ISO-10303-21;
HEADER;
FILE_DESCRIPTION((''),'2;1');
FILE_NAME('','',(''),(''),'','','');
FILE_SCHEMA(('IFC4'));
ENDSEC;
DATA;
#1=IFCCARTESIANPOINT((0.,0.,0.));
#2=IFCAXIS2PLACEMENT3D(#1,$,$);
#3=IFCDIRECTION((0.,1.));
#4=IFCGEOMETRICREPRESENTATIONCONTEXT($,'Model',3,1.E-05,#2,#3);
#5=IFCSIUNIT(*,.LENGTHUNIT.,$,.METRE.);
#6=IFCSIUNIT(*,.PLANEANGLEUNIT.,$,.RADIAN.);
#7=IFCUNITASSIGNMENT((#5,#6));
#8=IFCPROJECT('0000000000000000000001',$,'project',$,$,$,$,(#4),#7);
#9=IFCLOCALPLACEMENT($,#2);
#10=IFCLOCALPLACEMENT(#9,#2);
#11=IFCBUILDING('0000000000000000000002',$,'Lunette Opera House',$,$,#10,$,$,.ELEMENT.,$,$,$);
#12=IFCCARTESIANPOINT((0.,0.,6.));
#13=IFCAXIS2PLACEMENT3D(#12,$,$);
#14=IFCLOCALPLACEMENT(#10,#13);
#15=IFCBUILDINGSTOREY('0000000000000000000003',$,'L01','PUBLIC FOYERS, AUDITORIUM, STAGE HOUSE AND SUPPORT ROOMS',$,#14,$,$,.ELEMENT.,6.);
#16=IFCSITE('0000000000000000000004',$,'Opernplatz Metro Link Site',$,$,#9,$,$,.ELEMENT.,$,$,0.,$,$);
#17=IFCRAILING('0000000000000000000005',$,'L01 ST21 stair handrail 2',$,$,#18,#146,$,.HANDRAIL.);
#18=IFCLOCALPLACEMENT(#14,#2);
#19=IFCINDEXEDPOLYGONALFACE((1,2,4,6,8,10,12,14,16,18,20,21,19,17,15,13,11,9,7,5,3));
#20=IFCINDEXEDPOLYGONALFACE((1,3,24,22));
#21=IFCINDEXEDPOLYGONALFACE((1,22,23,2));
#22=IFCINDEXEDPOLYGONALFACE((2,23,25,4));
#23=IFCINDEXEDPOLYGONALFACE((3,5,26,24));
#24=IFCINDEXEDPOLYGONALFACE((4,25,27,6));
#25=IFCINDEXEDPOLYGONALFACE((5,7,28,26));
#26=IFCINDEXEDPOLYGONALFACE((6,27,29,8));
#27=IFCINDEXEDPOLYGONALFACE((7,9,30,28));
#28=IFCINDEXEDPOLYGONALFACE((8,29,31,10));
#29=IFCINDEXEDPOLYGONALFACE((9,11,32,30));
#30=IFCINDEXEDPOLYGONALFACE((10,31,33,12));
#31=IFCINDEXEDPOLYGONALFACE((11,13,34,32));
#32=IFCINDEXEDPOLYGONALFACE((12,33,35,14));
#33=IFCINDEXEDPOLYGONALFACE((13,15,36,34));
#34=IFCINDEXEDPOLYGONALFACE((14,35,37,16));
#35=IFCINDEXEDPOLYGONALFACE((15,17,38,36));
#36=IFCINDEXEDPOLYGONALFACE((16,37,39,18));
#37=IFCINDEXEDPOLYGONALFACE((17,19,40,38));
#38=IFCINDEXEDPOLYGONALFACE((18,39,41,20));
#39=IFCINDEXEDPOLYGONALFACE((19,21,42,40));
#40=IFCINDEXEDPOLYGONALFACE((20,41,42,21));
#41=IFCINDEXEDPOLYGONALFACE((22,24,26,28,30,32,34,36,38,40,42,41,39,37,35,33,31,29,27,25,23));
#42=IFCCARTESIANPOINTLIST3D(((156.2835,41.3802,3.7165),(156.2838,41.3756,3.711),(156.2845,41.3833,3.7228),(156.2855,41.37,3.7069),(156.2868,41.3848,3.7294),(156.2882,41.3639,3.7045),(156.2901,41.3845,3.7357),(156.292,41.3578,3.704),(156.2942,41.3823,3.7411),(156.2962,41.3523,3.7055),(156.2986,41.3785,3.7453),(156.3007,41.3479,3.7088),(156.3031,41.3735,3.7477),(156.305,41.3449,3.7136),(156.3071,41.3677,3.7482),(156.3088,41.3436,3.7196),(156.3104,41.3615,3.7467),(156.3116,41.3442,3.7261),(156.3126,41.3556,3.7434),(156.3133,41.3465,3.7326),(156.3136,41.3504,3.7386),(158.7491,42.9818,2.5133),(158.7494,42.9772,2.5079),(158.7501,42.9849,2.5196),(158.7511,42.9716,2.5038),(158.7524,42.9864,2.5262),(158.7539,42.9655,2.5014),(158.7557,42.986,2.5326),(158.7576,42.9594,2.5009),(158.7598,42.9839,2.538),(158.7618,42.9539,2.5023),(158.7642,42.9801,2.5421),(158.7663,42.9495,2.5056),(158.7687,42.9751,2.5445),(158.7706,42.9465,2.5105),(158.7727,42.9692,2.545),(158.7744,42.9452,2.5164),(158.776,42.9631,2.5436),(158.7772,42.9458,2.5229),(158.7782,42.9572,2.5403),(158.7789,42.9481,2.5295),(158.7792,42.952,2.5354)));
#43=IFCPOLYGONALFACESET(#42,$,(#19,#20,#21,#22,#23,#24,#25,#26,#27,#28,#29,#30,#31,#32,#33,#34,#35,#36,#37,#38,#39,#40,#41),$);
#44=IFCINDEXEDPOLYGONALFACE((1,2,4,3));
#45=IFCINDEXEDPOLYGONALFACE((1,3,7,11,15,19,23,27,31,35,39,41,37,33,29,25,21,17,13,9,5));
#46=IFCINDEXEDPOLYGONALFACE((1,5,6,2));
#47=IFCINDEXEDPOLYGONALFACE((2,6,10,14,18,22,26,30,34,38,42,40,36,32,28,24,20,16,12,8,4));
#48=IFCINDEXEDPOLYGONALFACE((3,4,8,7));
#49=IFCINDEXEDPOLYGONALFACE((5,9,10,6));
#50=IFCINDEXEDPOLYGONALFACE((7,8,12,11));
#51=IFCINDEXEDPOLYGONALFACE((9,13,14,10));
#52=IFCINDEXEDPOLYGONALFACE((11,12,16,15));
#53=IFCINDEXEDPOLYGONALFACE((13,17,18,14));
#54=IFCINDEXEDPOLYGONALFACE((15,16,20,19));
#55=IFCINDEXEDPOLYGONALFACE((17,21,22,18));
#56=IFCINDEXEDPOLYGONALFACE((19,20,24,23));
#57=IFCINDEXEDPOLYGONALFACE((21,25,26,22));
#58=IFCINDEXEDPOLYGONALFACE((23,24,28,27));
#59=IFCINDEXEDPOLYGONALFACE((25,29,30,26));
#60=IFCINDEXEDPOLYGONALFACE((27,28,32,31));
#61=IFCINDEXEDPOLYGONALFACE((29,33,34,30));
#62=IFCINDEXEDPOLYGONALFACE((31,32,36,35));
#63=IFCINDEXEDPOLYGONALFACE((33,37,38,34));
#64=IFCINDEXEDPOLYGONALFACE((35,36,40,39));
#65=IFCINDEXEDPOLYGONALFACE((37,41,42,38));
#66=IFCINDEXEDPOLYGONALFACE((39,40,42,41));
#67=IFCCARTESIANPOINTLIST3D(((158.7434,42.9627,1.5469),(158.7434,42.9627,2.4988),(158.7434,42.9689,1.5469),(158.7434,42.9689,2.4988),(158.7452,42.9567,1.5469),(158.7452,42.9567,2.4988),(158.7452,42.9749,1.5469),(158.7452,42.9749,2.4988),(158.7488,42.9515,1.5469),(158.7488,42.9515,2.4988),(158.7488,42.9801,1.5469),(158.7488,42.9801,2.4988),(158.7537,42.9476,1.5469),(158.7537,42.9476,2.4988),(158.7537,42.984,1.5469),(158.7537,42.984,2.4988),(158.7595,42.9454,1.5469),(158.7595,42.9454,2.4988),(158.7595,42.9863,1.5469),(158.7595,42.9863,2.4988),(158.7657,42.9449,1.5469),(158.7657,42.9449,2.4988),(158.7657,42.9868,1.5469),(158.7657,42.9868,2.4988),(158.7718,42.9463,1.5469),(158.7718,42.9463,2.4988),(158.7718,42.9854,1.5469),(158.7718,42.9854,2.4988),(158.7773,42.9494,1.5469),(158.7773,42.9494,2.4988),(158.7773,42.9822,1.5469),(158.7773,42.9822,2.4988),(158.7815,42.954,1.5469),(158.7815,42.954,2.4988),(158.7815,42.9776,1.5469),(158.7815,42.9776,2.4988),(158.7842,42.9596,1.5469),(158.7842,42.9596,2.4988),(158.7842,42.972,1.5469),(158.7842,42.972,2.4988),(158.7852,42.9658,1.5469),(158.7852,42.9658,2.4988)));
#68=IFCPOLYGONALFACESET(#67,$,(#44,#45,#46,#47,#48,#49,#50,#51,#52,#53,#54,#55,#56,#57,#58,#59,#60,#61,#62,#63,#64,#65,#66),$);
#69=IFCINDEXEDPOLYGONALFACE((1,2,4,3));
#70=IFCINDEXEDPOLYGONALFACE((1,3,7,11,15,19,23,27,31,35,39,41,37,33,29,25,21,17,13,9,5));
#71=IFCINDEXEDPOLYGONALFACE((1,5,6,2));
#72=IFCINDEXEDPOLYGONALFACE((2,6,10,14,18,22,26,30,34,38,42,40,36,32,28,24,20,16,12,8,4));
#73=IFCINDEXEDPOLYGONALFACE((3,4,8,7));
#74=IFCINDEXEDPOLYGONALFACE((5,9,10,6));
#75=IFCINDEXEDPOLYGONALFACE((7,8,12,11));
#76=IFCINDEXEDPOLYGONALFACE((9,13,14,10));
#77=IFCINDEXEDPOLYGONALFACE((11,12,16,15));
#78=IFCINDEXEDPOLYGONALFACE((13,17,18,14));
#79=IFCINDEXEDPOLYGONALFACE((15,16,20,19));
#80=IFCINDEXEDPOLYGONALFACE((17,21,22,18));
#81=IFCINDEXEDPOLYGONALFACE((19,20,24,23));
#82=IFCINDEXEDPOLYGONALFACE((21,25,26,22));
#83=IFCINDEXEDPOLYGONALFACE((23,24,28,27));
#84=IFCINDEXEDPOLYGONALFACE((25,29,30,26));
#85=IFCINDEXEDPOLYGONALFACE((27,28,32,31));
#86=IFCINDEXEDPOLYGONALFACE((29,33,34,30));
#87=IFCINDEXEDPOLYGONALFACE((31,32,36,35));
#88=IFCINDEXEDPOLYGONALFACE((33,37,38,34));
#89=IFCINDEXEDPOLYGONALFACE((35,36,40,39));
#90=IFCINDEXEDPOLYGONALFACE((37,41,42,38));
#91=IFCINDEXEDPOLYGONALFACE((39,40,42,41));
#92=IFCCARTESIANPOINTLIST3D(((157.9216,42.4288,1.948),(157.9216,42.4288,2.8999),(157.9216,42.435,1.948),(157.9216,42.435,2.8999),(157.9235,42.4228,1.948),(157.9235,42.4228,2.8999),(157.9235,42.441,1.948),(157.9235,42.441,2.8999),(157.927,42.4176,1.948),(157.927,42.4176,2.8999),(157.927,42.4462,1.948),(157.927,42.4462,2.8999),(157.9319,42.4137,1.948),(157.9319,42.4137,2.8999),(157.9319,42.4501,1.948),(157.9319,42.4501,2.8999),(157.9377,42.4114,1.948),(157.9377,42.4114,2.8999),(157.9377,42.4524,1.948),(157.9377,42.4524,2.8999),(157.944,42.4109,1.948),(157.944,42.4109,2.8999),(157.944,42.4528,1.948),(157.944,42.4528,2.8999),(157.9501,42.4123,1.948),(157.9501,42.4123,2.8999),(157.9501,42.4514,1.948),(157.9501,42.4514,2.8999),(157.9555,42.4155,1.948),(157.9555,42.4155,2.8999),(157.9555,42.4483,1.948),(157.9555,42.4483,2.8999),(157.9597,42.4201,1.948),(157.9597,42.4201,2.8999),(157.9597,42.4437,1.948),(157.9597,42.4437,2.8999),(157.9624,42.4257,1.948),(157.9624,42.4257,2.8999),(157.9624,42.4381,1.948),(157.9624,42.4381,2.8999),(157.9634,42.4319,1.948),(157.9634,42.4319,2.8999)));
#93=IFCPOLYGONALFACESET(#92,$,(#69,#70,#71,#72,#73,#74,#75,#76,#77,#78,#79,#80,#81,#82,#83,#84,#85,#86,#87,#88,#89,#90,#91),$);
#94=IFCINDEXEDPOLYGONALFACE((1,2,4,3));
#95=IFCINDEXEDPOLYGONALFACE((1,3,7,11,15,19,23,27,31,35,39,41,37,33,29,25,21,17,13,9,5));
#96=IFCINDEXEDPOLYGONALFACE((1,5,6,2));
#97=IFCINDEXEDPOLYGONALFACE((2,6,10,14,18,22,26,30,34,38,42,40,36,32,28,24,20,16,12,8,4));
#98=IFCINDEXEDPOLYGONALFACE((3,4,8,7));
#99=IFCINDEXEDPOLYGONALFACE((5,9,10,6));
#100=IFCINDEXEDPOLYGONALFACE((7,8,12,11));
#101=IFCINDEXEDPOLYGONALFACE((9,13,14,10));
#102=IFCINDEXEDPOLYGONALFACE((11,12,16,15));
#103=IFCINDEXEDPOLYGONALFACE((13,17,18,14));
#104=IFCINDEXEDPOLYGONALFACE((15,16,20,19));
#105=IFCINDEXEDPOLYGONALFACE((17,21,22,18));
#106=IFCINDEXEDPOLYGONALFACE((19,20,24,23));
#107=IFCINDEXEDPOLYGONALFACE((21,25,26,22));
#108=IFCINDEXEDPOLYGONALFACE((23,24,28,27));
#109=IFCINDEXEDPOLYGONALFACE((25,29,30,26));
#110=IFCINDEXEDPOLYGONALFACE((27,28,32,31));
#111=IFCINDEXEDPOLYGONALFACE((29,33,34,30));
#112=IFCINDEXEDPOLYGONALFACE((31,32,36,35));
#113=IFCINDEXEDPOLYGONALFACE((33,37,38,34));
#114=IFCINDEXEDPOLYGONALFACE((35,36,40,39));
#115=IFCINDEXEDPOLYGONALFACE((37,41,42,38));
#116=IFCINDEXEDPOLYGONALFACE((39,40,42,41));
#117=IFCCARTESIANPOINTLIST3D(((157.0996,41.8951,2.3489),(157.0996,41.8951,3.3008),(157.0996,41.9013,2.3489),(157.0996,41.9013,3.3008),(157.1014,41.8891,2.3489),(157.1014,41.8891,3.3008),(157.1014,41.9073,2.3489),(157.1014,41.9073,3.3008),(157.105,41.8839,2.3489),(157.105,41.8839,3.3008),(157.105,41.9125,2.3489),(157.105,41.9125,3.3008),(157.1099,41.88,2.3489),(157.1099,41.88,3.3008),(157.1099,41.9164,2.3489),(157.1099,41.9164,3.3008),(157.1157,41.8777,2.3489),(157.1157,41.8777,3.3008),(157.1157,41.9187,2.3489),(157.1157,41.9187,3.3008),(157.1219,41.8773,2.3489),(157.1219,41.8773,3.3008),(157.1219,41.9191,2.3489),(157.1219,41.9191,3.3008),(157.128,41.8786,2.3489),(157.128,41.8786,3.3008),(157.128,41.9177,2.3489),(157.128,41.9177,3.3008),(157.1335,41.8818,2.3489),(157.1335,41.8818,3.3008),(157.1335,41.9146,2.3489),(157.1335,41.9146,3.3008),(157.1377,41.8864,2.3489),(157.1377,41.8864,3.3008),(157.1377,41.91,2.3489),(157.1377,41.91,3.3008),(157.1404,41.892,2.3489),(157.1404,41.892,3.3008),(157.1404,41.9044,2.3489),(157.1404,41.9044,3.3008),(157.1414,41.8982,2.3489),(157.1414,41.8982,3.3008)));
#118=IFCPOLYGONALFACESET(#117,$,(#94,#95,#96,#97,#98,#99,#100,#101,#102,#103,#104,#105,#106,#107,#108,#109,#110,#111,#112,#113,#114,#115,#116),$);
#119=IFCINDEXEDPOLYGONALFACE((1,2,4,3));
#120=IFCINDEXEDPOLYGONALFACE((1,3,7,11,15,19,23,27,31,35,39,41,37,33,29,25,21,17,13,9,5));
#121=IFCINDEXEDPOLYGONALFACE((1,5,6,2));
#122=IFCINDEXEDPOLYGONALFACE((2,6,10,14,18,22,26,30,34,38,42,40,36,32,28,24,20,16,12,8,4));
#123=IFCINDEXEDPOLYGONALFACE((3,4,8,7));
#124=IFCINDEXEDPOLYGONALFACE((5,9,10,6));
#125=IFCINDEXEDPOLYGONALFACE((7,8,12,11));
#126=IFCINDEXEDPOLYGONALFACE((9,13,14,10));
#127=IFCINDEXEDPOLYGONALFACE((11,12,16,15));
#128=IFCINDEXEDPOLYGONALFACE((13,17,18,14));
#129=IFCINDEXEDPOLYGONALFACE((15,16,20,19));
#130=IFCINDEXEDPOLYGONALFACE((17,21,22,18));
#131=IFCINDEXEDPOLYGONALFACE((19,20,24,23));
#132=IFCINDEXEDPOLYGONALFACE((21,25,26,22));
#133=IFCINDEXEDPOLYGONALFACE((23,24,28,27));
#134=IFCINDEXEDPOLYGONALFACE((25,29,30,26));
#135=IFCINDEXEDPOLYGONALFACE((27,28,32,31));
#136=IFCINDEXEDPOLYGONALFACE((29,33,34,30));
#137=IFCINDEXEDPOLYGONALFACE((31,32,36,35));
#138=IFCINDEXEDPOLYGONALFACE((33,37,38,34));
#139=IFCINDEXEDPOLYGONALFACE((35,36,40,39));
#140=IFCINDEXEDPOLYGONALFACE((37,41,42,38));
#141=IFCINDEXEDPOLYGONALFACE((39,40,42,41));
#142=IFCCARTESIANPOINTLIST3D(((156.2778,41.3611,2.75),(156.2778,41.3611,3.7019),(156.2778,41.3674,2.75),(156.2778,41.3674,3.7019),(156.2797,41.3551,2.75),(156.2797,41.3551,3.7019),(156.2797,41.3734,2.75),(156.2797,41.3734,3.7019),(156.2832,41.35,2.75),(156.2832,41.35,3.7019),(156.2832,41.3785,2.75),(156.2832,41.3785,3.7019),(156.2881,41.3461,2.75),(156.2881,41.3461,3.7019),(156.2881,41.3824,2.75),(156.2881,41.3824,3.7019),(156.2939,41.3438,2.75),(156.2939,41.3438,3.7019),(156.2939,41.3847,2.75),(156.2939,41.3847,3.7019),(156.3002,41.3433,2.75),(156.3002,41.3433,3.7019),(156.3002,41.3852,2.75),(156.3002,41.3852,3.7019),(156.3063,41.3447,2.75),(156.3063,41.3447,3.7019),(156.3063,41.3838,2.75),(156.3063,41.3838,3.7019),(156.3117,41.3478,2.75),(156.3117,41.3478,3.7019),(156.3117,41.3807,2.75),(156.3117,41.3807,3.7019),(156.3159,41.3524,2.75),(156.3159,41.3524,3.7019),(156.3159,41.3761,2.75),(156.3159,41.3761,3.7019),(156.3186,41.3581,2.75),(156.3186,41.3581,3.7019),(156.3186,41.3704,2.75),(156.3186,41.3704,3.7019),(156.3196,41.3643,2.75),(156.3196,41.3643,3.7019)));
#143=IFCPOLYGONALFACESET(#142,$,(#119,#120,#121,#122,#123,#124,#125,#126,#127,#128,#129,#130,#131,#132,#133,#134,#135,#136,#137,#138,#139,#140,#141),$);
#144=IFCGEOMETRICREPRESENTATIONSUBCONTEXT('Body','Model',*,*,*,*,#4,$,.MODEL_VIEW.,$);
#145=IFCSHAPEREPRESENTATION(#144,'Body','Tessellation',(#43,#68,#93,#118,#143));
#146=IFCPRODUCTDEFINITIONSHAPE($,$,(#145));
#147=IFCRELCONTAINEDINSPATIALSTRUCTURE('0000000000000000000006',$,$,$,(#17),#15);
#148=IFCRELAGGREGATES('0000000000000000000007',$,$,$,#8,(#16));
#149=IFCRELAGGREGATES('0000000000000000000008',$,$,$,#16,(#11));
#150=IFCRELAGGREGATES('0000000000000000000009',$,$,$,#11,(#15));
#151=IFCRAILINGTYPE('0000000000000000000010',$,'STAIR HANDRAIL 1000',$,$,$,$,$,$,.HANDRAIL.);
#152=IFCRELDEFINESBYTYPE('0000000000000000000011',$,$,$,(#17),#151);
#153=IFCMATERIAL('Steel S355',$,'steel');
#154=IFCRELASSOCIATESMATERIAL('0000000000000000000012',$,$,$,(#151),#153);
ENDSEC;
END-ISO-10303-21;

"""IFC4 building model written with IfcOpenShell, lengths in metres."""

from ifc_helpers import new_model, si_unit, direction, frame, origin, origin_2d, place, context, subcontext, project, spatial, circle, extrude, material, type_object, element, save


model = new_model("IFC4")

# Units and contexts
model_context = context("Model", 3, precision=1e-05, world=origin(), true_north=direction((0.0, 1.0)))
body_context = subcontext(model_context, "Body", "Model", "MODEL_VIEW")
ifc_project = project(units=[si_unit("LENGTHUNIT", "METRE"), si_unit("PLANEANGLEUNIT", "RADIAN")], contexts=[model_context])

# Site, building, storey
site_placement = place(None, origin())
site = spatial("IfcSite", under=ifc_project, at=site_placement, Name="Opernplatz Metro Link Site", CompositionType="ELEMENT", RefElevation=0.0)
building_placement = place(site_placement, origin())
building = spatial("IfcBuilding", under=site, at=building_placement, Name="Lunette Opera House", CompositionType="ELEMENT")
storey_placement = place(building_placement, frame((0.0, 0.0, 6.0)))
storey = spatial("IfcBuildingStorey", under=building, at=storey_placement, Name="L01", Description="PUBLIC FOYERS, AUDITORIUM, STAGE HOUSE AND SUPPORT ROOMS", CompositionType="ELEMENT", Elevation=6.0)

# Railing
ifc_material_1 = material(Name="Steel S355", Category="steel")
railing_type_1 = type_object("IfcRailingType", Name="STAIR HANDRAIL 1000", PredefinedType="HANDRAIL", material=ifc_material_1)
railing_1_placement = place(storey_placement, frame((158.7642, 42.9658, 1.5469)))
element("IfcRailing", 1, at=railing_1_placement, inside=storey, type_object=railing_type_1, Name="L01 ST21 stair handrail 2", PredefinedType="HANDRAIL", context=body_context, shape_type="SweptSolid", body=[
    extrude(circle(Radius=0.0239, at=origin_2d()), frame((0.0, 0.0, 0.9761), z_axis=(-0.776138, -0.504155, 0.378731), x_axis=(0.544734, -0.838609, 0.0)), (0.0, 0.0, 1.0), 3.1768),
    extrude(circle(Radius=0.021, at=origin_2d()), origin(), (0.0, 0.0, 1.0), 0.9519),
    extrude(circle(Radius=0.021, at=origin_2d()), frame((-0.8218, -0.5339, 0.4011)), (0.0, 0.0, 1.0), 0.9519),
    extrude(circle(Radius=0.021, at=origin_2d()), frame((-1.6438, -1.0676, 0.802)), (0.0, 0.0, 1.0), 0.9519),
    extrude(circle(Radius=0.021, at=origin_2d()), frame((-2.4656, -1.6016, 1.2031)), (0.0, 0.0, 1.0), 0.9519),
])

save(model, "model.ifc")
